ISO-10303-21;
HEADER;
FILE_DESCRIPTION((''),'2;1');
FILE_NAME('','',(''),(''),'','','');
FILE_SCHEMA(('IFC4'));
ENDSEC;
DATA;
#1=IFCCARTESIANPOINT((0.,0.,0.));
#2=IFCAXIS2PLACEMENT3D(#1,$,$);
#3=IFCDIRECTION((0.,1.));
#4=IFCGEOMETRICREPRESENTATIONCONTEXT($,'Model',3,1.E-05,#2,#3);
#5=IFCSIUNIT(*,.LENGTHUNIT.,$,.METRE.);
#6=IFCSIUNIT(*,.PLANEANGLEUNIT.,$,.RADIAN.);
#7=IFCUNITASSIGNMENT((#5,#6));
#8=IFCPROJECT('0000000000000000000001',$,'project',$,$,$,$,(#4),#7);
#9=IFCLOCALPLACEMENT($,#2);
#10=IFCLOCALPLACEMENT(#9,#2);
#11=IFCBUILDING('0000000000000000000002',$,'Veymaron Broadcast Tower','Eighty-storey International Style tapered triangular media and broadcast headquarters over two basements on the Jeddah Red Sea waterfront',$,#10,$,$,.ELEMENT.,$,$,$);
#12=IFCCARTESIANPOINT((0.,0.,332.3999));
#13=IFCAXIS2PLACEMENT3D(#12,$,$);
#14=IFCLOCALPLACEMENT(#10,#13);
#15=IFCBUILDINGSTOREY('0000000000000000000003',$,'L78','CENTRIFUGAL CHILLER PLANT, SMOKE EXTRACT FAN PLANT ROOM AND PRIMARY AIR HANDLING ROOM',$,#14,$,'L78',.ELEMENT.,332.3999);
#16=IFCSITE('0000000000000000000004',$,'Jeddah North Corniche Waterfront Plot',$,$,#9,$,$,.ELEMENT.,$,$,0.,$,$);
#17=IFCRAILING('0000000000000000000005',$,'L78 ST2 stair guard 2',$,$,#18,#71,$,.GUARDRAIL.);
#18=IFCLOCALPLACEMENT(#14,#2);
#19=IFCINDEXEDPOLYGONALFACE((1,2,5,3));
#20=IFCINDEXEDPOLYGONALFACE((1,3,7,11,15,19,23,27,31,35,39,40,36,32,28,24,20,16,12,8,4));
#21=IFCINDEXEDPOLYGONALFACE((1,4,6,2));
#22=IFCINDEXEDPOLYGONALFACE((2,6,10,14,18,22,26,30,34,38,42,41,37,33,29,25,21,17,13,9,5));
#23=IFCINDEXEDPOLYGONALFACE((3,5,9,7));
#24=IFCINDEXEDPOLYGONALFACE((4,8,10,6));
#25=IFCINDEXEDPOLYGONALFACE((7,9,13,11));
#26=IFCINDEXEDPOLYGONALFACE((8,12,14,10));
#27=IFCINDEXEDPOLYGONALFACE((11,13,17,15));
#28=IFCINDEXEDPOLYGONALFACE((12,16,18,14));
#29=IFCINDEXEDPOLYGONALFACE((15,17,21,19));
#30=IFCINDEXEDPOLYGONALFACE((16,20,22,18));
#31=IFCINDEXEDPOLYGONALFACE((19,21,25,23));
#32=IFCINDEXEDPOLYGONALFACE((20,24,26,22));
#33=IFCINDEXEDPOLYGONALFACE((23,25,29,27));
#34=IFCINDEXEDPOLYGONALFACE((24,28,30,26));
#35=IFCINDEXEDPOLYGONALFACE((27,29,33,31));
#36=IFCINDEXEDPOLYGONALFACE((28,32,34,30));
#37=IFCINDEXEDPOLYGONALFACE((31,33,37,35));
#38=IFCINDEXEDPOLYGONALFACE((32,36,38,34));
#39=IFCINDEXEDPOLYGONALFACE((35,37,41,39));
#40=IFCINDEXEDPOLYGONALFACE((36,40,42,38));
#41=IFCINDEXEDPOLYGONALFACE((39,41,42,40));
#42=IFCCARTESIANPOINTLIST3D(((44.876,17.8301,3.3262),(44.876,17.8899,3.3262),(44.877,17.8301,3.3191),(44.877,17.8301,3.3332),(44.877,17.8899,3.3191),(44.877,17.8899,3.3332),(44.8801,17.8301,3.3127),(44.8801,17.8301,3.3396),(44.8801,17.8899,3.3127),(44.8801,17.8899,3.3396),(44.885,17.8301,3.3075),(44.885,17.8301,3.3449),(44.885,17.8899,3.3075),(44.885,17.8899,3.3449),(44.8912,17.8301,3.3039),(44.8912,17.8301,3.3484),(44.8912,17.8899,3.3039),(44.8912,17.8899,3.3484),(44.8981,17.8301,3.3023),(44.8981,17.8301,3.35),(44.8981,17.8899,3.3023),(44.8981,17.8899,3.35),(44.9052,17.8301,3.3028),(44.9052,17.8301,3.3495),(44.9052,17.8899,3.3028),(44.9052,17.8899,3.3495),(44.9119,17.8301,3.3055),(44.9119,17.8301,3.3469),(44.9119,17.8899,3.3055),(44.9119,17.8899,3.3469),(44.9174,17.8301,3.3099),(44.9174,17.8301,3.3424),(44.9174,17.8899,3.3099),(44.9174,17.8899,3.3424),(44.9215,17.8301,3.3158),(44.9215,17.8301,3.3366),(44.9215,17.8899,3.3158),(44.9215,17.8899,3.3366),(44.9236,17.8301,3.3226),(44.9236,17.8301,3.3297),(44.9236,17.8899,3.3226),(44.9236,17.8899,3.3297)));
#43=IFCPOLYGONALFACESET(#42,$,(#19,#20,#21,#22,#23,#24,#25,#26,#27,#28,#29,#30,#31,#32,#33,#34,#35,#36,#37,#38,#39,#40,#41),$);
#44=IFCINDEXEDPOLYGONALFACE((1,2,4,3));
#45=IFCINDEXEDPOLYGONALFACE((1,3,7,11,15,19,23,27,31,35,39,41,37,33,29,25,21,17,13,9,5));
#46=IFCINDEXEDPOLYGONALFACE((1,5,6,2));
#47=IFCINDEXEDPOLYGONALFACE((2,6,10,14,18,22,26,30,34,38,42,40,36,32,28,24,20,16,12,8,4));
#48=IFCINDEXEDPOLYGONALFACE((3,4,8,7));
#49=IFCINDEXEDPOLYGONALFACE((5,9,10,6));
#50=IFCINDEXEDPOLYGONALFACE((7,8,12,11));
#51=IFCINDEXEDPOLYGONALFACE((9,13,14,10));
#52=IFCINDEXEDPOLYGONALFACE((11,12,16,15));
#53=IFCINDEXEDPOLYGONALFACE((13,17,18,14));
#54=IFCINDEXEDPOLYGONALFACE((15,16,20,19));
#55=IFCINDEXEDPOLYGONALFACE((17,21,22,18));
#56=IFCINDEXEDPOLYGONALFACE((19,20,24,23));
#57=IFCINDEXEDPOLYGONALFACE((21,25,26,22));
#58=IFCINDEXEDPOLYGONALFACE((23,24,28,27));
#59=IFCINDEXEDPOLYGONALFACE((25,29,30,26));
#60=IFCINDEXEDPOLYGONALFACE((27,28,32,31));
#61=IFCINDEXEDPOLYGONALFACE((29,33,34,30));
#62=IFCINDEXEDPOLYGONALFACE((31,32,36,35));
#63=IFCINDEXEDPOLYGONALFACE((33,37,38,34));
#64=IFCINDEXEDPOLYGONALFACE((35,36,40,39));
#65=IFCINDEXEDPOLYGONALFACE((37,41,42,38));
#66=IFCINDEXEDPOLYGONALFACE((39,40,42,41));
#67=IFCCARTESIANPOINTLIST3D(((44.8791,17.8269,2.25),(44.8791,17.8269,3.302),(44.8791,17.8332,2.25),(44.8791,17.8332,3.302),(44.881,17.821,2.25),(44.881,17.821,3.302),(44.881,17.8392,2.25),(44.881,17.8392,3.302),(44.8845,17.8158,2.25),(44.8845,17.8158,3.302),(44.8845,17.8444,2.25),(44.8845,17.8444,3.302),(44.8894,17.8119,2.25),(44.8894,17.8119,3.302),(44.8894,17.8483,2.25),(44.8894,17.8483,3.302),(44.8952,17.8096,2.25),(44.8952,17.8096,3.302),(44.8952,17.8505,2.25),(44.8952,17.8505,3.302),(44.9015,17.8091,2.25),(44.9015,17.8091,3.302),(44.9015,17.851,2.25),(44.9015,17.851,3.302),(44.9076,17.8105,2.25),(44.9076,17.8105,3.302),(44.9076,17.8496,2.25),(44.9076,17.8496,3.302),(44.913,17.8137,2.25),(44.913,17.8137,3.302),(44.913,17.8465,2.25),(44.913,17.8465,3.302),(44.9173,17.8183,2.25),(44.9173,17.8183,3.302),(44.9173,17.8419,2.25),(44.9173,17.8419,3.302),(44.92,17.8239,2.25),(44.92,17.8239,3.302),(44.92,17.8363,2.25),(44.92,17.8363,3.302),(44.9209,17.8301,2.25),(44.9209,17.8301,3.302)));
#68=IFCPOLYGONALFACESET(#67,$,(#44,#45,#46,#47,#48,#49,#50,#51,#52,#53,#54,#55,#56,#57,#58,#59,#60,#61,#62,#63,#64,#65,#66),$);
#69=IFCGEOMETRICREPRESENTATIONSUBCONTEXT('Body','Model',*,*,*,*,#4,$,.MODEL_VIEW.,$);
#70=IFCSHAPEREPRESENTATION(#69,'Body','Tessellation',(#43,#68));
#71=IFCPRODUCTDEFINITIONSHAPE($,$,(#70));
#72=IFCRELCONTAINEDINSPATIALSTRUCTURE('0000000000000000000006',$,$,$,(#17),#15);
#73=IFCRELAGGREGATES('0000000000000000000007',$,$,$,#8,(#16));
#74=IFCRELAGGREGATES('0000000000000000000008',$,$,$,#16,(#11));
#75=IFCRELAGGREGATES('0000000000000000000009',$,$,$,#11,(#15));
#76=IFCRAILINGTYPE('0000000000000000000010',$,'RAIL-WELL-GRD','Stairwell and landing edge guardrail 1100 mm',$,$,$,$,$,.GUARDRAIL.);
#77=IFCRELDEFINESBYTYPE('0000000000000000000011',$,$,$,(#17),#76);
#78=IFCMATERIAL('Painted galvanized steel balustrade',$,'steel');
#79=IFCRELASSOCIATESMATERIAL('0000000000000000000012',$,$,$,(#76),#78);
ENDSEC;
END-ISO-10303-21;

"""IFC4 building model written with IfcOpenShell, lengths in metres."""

from ifc_helpers import new_model, si_unit, direction, frame, origin, origin_2d, place, context, subcontext, project, spatial, circle, extrude, material, type_object, element, save


model = new_model("IFC4")

# Units and contexts
model_context = context("Model", 3, precision=1e-05, world=origin(), true_north=direction((0.0, 1.0)))
body_context = subcontext(model_context, "Body", "Model", "MODEL_VIEW")
ifc_project = project(units=[si_unit("LENGTHUNIT", "METRE"), si_unit("PLANEANGLEUNIT", "RADIAN")], contexts=[model_context])

# Site, building, storey
site_placement = place(None, origin())
site = spatial("IfcSite", under=ifc_project, at=site_placement, Name="Jeddah North Corniche Waterfront Plot", CompositionType="ELEMENT", RefElevation=0.0)
building_placement = place(site_placement, origin())
building = spatial("IfcBuilding", under=site, at=building_placement, Name="Veymaron Broadcast Tower", Description="Eighty-storey International Style tapered triangular media and broadcast headquarters over two basements on the Jeddah Red Sea waterfront", CompositionType="ELEMENT")
storey_placement = place(building_placement, frame((0.0, 0.0, 332.3999)))
storey = spatial("IfcBuildingStorey", under=building, at=storey_placement, Name="L78", Description="CENTRIFUGAL CHILLER PLANT, SMOKE EXTRACT FAN PLANT ROOM AND PRIMARY AIR HANDLING ROOM", LongName="L78", CompositionType="ELEMENT", Elevation=332.3999)

# Railing
ifc_material_1 = material(Name="Painted galvanized steel balustrade", Category="steel")
railing_type_1 = type_object("IfcRailingType", Name="RAIL-WELL-GRD", Description="Stairwell and landing edge guardrail 1100 mm", PredefinedType="GUARDRAIL", material=ifc_material_1)
railing_1_placement = place(storey_placement, frame((44.8999, 17.8301, 2.25)))
element("IfcRailing", 1, at=railing_1_placement, inside=storey, type_object=railing_type_1, Name="L78 ST2 stair guard 2", PredefinedType="GUARDRAIL", context=body_context, shape_type="SweptSolid", body=[
    extrude(circle(Radius=0.0239, at=origin_2d()), frame((0.0, 0.0, 1.0762), z_axis=(0.0, 1.0, 0.0), x_axis=(-1.0, 0.0, 0.0)), (0.0, 0.0, 1.0), 0.0598),
    extrude(circle(Radius=0.021, at=origin_2d()), origin(), (0.0, 0.0, 1.0), 1.052),
])

save(model, "model.ifc")
